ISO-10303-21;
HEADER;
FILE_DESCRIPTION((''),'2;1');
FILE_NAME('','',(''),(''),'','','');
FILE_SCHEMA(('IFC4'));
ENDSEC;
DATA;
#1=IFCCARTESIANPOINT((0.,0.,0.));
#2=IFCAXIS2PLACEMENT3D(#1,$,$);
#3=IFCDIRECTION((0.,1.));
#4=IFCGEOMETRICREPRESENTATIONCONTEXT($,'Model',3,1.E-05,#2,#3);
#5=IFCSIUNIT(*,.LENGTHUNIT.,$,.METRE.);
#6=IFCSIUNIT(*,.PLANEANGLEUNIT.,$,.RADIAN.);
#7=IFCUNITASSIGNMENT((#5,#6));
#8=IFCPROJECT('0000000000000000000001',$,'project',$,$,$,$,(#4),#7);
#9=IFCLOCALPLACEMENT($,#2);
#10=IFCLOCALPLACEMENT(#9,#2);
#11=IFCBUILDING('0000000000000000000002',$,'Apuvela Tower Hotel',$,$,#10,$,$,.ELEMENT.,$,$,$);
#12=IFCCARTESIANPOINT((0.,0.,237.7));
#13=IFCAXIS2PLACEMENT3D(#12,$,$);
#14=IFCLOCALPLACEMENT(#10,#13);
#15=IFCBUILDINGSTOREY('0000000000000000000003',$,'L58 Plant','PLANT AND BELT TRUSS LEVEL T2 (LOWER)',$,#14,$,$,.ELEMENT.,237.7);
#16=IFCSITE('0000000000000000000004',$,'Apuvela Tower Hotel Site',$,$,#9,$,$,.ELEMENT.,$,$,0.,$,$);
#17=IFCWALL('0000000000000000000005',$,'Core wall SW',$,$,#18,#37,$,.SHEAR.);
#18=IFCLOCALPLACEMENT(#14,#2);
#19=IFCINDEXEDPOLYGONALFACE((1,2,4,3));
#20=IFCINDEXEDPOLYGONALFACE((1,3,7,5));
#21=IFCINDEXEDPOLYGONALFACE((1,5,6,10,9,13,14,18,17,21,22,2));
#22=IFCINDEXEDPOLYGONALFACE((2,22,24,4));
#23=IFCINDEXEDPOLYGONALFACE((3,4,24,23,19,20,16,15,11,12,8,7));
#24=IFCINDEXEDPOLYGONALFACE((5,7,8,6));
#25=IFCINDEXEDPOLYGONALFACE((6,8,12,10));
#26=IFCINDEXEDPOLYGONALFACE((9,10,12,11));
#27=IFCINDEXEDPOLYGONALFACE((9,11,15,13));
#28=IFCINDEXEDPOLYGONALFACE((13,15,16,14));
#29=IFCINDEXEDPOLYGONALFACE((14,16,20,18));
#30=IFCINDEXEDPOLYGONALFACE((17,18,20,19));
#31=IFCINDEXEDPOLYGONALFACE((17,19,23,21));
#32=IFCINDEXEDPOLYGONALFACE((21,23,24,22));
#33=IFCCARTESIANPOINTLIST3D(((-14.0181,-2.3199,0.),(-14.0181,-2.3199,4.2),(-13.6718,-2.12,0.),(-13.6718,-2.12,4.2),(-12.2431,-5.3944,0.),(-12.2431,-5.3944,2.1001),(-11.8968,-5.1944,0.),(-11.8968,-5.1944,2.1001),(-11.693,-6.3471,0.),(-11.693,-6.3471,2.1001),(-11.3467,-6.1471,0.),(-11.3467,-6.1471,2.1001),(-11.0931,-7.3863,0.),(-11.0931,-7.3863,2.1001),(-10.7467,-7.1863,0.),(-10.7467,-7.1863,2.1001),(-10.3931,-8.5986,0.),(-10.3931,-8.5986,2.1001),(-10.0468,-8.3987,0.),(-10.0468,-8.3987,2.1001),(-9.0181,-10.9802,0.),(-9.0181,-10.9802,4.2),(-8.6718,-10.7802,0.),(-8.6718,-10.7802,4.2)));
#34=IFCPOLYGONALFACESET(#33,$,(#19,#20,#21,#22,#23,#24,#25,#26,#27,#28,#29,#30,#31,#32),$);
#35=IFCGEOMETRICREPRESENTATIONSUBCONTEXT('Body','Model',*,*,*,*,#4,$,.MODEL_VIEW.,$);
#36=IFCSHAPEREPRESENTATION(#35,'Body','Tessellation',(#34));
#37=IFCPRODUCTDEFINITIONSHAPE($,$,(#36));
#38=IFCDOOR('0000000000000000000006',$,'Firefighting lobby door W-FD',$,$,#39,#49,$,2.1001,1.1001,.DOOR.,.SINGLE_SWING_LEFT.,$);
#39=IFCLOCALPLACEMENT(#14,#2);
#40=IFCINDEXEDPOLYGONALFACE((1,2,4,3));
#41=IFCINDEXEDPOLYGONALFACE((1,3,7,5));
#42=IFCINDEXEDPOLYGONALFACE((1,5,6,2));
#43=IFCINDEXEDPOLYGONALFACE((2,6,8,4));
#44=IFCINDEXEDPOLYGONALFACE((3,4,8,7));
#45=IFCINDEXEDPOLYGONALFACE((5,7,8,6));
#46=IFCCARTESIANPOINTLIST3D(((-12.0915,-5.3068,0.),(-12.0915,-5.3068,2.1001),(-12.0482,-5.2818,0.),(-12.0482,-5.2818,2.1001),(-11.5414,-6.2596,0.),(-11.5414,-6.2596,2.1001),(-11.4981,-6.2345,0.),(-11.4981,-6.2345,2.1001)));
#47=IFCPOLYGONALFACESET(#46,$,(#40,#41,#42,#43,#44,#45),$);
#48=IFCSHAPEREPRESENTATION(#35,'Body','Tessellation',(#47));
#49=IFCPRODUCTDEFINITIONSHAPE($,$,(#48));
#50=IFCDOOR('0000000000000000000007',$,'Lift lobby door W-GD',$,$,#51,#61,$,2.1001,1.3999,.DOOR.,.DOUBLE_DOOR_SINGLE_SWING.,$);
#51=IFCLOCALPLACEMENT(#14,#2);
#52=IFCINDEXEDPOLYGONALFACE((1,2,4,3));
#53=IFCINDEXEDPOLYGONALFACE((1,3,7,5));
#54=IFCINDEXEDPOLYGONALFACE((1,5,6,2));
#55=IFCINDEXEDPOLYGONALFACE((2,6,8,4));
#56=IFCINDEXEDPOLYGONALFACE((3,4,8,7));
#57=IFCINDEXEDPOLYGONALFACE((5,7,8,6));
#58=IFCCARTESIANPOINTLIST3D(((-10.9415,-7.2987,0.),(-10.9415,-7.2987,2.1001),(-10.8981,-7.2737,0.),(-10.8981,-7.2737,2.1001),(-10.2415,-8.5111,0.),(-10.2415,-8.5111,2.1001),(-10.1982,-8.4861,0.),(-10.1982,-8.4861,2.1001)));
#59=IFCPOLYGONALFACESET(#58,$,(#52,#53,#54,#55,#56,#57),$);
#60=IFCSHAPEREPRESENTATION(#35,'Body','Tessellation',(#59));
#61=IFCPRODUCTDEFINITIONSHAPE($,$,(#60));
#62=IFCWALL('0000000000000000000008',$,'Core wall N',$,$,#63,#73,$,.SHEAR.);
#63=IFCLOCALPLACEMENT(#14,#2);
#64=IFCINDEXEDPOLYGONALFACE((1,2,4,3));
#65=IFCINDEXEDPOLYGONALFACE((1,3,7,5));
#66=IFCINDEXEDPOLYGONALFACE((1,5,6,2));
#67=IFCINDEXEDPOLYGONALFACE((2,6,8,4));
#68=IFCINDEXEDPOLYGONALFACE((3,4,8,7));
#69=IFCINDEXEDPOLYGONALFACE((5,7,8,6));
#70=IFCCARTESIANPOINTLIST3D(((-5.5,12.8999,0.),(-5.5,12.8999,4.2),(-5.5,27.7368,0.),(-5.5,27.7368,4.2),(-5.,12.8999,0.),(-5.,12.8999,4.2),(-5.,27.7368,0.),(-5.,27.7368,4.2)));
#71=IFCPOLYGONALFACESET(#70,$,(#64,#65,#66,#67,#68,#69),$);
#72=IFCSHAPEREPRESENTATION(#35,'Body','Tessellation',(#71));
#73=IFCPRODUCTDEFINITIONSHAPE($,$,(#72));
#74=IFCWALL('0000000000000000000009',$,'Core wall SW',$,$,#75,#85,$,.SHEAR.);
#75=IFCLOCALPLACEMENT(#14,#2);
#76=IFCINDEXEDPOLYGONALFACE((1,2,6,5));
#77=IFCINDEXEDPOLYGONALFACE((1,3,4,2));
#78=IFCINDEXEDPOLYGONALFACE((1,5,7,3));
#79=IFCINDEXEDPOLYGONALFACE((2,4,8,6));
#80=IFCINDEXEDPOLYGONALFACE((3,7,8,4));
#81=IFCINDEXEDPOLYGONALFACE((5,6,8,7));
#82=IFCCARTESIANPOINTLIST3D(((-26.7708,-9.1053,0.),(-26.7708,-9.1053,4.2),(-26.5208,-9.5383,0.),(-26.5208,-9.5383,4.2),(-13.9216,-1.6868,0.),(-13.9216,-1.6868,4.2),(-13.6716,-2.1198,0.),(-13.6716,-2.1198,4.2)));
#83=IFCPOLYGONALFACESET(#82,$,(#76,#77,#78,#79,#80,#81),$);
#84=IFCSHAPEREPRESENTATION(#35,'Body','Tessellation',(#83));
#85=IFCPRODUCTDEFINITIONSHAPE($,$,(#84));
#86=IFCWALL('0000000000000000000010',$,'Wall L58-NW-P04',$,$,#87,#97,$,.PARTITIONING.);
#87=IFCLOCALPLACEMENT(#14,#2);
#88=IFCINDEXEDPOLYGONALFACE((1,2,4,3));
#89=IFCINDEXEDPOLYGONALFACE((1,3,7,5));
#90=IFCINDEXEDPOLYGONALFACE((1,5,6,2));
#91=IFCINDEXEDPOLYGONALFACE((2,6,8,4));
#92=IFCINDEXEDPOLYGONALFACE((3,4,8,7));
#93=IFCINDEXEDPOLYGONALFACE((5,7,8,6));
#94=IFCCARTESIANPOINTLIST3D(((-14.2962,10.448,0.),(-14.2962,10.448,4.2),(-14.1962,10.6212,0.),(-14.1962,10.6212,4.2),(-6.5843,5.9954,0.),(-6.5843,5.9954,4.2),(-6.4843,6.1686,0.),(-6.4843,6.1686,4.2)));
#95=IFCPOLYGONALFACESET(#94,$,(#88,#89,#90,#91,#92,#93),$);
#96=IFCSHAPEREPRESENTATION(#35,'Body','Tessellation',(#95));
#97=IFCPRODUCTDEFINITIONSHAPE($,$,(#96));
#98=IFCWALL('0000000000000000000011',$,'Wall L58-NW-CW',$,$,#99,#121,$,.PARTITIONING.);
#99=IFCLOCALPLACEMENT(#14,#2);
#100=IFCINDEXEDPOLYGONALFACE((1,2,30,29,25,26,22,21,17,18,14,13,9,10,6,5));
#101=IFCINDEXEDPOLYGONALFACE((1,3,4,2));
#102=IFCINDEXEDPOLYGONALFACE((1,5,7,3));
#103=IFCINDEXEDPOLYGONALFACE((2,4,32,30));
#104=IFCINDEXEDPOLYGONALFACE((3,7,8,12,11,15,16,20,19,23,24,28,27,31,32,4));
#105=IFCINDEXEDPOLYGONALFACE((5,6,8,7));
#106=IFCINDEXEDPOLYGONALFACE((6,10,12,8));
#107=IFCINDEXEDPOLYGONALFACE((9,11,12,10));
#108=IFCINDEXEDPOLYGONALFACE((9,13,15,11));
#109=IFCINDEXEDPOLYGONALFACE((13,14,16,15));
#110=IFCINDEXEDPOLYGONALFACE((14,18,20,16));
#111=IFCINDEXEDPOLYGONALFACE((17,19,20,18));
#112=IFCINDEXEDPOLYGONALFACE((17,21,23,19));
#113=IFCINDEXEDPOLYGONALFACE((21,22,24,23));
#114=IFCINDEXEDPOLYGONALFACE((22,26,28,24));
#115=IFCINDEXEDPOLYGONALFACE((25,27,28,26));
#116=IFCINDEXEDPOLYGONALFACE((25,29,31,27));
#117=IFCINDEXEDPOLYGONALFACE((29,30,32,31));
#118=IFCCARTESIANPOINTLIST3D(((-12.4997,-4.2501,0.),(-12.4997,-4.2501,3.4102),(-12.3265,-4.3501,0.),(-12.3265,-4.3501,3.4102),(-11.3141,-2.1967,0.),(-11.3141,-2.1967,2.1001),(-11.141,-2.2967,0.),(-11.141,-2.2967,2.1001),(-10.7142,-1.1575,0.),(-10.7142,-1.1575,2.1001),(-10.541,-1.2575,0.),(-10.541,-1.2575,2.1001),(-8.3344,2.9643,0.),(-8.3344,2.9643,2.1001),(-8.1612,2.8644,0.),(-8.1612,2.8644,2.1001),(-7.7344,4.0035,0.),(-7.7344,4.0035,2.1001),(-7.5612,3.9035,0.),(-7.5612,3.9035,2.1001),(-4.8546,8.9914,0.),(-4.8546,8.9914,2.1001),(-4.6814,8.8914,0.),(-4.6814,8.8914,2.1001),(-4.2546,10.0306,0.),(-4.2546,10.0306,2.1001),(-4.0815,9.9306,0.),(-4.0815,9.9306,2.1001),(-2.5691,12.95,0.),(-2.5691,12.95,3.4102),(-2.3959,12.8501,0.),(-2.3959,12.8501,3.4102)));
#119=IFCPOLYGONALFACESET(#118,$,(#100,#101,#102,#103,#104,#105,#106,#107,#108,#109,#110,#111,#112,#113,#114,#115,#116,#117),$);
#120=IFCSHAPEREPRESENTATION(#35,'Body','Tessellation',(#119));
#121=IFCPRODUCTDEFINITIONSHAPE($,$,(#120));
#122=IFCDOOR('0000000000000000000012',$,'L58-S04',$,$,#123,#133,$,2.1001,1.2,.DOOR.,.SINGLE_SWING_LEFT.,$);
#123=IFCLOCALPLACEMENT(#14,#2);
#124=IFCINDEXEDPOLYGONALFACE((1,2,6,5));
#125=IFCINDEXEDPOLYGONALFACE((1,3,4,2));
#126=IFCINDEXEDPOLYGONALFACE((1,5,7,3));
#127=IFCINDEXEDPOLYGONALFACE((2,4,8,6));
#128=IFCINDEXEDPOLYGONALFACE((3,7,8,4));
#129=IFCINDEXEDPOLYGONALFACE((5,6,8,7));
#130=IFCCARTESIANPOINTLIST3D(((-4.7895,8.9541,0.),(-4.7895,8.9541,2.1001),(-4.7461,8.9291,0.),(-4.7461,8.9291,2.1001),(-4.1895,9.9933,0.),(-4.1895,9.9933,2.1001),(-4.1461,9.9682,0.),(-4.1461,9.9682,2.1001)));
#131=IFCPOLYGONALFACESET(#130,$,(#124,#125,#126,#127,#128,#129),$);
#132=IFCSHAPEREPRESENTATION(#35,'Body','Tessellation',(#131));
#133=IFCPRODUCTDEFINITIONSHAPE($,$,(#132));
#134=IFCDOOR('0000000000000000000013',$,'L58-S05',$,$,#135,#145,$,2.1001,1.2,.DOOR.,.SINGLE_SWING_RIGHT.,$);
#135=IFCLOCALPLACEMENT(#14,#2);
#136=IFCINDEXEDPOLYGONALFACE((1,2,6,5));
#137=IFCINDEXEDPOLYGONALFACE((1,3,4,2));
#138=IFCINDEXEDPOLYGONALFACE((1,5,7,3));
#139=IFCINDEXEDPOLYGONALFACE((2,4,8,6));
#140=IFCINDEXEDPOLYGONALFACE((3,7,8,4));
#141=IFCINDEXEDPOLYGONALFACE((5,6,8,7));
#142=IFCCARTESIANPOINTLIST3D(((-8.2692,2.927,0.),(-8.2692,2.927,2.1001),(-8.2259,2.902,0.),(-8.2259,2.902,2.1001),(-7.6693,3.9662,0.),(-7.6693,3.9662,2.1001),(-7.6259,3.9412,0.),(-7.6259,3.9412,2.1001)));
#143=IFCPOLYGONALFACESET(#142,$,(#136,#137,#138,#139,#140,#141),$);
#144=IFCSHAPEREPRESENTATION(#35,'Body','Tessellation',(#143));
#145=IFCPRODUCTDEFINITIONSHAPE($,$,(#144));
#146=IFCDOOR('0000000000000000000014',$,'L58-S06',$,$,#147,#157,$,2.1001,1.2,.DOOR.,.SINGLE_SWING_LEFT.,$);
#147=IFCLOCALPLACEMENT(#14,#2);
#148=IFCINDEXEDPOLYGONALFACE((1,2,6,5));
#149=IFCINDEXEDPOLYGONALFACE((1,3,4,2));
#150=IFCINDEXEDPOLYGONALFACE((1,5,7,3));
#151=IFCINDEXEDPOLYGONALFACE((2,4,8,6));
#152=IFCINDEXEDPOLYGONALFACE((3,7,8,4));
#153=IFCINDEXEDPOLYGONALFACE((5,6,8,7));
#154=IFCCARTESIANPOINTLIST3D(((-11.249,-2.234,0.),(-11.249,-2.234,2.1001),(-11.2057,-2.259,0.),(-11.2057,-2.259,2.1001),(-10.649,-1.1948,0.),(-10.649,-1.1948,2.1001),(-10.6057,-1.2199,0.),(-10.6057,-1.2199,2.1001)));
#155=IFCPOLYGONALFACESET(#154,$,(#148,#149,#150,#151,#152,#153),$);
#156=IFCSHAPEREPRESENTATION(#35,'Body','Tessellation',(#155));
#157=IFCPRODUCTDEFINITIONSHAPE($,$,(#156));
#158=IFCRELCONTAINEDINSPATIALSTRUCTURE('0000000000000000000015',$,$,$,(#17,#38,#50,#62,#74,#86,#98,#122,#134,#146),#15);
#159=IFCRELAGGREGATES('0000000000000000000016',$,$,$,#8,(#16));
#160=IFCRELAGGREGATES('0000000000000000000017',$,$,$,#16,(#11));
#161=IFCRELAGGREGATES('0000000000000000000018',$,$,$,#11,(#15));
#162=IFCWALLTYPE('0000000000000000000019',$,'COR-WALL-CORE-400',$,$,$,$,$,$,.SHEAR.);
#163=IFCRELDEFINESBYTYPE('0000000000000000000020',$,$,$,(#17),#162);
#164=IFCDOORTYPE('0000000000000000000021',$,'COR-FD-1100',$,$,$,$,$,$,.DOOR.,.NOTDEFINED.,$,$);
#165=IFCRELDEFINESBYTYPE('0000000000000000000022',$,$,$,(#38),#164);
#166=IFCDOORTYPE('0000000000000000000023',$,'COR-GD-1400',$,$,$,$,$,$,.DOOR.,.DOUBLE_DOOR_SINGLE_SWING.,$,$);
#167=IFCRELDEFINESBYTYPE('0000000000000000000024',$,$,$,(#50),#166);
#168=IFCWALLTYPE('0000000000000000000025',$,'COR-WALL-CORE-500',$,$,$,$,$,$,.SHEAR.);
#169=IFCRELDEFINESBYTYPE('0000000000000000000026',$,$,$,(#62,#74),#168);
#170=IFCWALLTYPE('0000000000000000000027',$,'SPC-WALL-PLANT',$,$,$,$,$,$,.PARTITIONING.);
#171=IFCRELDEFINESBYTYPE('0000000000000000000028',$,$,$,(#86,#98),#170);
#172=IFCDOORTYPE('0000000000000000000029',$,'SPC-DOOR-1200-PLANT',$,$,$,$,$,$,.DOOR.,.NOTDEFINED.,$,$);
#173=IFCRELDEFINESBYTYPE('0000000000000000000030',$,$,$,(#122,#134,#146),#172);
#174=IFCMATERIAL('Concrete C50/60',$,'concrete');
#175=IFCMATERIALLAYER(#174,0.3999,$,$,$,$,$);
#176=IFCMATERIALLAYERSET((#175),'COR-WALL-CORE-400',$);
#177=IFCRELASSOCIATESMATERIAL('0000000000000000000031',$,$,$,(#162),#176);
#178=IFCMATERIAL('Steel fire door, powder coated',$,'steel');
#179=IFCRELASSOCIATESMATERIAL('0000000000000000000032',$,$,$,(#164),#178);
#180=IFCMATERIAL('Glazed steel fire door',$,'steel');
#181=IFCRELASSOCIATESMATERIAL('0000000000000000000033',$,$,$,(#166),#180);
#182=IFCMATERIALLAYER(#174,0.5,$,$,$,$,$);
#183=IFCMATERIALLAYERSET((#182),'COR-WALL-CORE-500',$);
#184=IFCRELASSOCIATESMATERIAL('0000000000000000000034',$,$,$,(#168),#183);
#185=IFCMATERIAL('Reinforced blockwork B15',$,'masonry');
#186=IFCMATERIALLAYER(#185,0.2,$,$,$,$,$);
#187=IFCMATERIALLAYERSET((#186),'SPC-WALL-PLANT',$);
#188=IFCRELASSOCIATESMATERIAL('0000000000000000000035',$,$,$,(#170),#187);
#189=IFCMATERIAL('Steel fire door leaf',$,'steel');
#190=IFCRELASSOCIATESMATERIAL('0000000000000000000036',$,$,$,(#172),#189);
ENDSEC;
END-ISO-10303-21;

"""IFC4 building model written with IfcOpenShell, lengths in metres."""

from ifc_helpers import new_model, si_unit, direction, frame, frame_2d, origin, place, context, subcontext, project, spatial, rectangle, extrude, material, layer, layer_set, type_object, element, fill, save


model = new_model("IFC4")

# Units and contexts
model_context = context("Model", 3, precision=1e-05, world=origin(), true_north=direction((0.0, 1.0)))
body_context = subcontext(model_context, "Body", "Model", "MODEL_VIEW")
ifc_project = project(units=[si_unit("LENGTHUNIT", "METRE"), si_unit("PLANEANGLEUNIT", "RADIAN")], contexts=[model_context])

# Site, building, storey
site_placement = place(None, origin())
site = spatial("IfcSite", under=ifc_project, at=site_placement, Name="Apuvela Tower Hotel Site", CompositionType="ELEMENT", RefElevation=0.0)
building_placement = place(site_placement, origin())
building = spatial("IfcBuilding", under=site, at=building_placement, Name="Apuvela Tower Hotel", CompositionType="ELEMENT")
storey_placement = place(building_placement, frame((0.0, 0.0, 237.7)))
storey = spatial("IfcBuildingStorey", under=building, at=storey_placement, Name="L58 Plant", Description="PLANT AND BELT TRUSS LEVEL T2 (LOWER)", CompositionType="ELEMENT", Elevation=237.7)

# Shared definitions
ifc_material_1 = material(Name="Concrete C50/60", Category="concrete")

# Wall, openings, doors
ifc_layer_1 = layer(ifc_material_1, 0.3999)
ifc_layer_set_1 = layer_set([ifc_layer_1], Name="COR-WALL-CORE-400")
wall_type_1 = type_object("IfcWallType", Name="COR-WALL-CORE-400", PredefinedType="SHEAR", material=ifc_layer_set_1)
wall_1_placement = place(storey_placement, frame((-13.845, -2.22, 0.0), z_axis=(0.0, 0.0, 1.0), x_axis=(0.500004, -0.866023, 0.0)))
wall_1 = element("IfcWall", 1, at=wall_1_placement, inside=storey, type_object=wall_type_1, Name="Core wall SW", PredefinedType="SHEAR", context=body_context, shape_type="SweptSolid", body=[
    extrude(rectangle(XDim=10.0, YDim=0.3999, at=frame_2d((5.0, 0.0))), origin(), (0.0, 0.0, 1.0), 4.2),
])
opening_1_placement = place(wall_1_placement, frame((3.55, 0.0, 0.0)))
opening_1 = element("IfcOpeningElement", 2, at=opening_1_placement, cuts=wall_1, PredefinedType="OPENING", context=body_context, shape_type="SweptSolid", body=[
    extrude(rectangle(XDim=1.1001, YDim=2.1001, at=frame_2d((0.55, 1.05))), frame((0.0, 0.21, 0.0), z_axis=(0.0, -1.0, 0.0), x_axis=(1.0, 0.0, 0.0)), (0.0, 0.0, 1.0), 0.4199),
])
opening_2_placement = place(wall_1_placement, frame((5.8501, 0.0, 0.0)))
opening_2 = element("IfcOpeningElement", 3, at=opening_2_placement, cuts=wall_1, PredefinedType="OPENING", context=body_context, shape_type="SweptSolid", body=[
    extrude(rectangle(XDim=1.3999, YDim=2.1001, at=frame_2d((0.7, 1.05))), frame((0.0, 0.21, 0.0), z_axis=(0.0, -1.0, 0.0), x_axis=(1.0, 0.0, 0.0)), (0.0, 0.0, 1.0), 0.4199),
])
ifc_material_2 = material(Name="Steel fire door, powder coated", Category="steel")
door_type_1 = type_object("IfcDoorType", Name="COR-FD-1100", OperationType="NOTDEFINED", PredefinedType="DOOR", material=ifc_material_2)
door_1_placement = place(opening_1_placement, frame((1.1001, 0.0, 0.0), z_axis=(0.0, 0.0, 1.0), x_axis=(-1.0, 0.0, 0.0)))
door_1 = element("IfcDoor", 4, at=door_1_placement, inside=storey, type_object=door_type_1, Name="Firefighting lobby door W-FD", OperationType="SINGLE_SWING_LEFT", OverallHeight=2.1001, OverallWidth=1.1001, PredefinedType="DOOR", context=body_context, shape_type="SweptSolid", body=[
    extrude(rectangle(XDim=1.1001, YDim=2.1001, at=frame_2d((0.55, 1.05))), frame((0.0, 0.0249, 0.0), z_axis=(0.0, -1.0, 0.0), x_axis=(1.0, 0.0, 0.0)), (0.0, 0.0, 1.0), 0.05),
])
fill(opening_1, door_1)
ifc_material_3 = material(Name="Glazed steel fire door", Category="steel")
door_type_2 = type_object("IfcDoorType", Name="COR-GD-1400", OperationType="DOUBLE_DOOR_SINGLE_SWING", PredefinedType="DOOR", material=ifc_material_3)
door_2_placement = place(opening_2_placement, frame((1.3999, 0.0, 0.0), z_axis=(0.0, 0.0, 1.0), x_axis=(-1.0, 0.0, 0.0)))
door_2 = element("IfcDoor", 5, at=door_2_placement, inside=storey, type_object=door_type_2, Name="Lift lobby door W-GD", OperationType="DOUBLE_DOOR_SINGLE_SWING", OverallHeight=2.1001, OverallWidth=1.3999, PredefinedType="DOOR", context=body_context, shape_type="SweptSolid", body=[
    extrude(rectangle(XDim=1.3999, YDim=2.1001, at=frame_2d((0.7, 1.05))), frame((0.0, 0.0249, 0.0), z_axis=(0.0, -1.0, 0.0), x_axis=(1.0, 0.0, 0.0)), (0.0, 0.0, 1.0), 0.05),
])
fill(opening_2, door_2)

# Walls
ifc_layer_2 = layer(ifc_material_1, 0.5)
ifc_layer_set_2 = layer_set([ifc_layer_2], Name="COR-WALL-CORE-500")
wall_type_2 = type_object("IfcWallType", Name="COR-WALL-CORE-500", PredefinedType="SHEAR", material=ifc_layer_set_2)
for number, where, z_axis, x_axis, name in (
    (6, (-5.25, 12.8999, 0.0), (0.0, 0.0, 1.0), (0.0, 1.0, 0.0), "Core wall N"),
    (7, (-13.7966, -1.9033, 0.0), (0.0, 0.0, 1.0), (-0.866025, -0.500001, 0.0), "Core wall SW"),
):
    element("IfcWall", number, at=place(storey_placement, frame(where, z_axis=z_axis, x_axis=x_axis)), inside=storey, type_object=wall_type_2, Name=name, PredefinedType="SHEAR", context=body_context, shape_type="SweptSolid", body=[
        extrude(rectangle(XDim=14.8369, YDim=0.5, at=frame_2d((7.4185, 0.0))), origin(), (0.0, 0.0, 1.0), 4.2),
    ])
ifc_material_4 = material(Name="Reinforced blockwork B15", Category="masonry")
ifc_layer_3 = layer(ifc_material_4, 0.2)
ifc_layer_set_3 = layer_set([ifc_layer_3], Name="SPC-WALL-PLANT")
wall_type_3 = type_object("IfcWallType", Name="SPC-WALL-PLANT", PredefinedType="PARTITIONING", material=ifc_layer_set_3)
wall_2_placement = place(storey_placement, frame((-14.2463, 10.5347, 0.0), z_axis=(0.0, 0.0, 1.0), x_axis=(0.866018, -0.500014, 0.0)))
element("IfcWall", 8, at=wall_2_placement, inside=storey, type_object=wall_type_3, Name="Wall L58-NW-P04", PredefinedType="PARTITIONING", context=body_context, shape_type="SweptSolid", body=[
    extrude(rectangle(XDim=8.905, YDim=0.2, at=frame_2d((4.4526, 0.0))), origin(), (0.0, 0.0, 1.0), 4.2),
])

# Wall, openings, doors
wall_3_placement = place(storey_placement, frame((-2.4824, 12.9001, 0.0), z_axis=(0.0, 0.0, 1.0), x_axis=(-0.500005, -0.866023, 0.0)))
wall_3 = element("IfcWall", 9, at=wall_3_placement, inside=storey, type_object=wall_type_3, Name="Wall L58-NW-CW", PredefinedType="PARTITIONING", context=body_context, shape_type="SweptSolid", body=[
    extrude(rectangle(XDim=19.8611, YDim=0.2, at=frame_2d((9.9307, 0.0))), origin(), (0.0, 0.0, 1.0), 3.4102),
])
opening_3_placement = place(wall_3_placement, frame((3.3711, 0.0, 0.0)))
opening_3 = element("IfcOpeningElement", 10, at=opening_3_placement, cuts=wall_3, PredefinedType="OPENING", context=body_context, shape_type="SweptSolid", body=[
    extrude(rectangle(XDim=1.2, YDim=2.1001, at=frame_2d((0.6001, 1.05))), frame((0.0, 0.1099, 0.0), z_axis=(0.0, -1.0, 0.0), x_axis=(1.0, 0.0, 0.0)), (0.0, 0.0, 1.0), 0.22),
])
opening_4_placement = place(wall_3_placement, frame((10.3306, 0.0, 0.0)))
opening_4 = element("IfcOpeningElement", 11, at=opening_4_placement, cuts=wall_3, PredefinedType="OPENING", context=body_context, shape_type="SweptSolid", body=[
    extrude(rectangle(XDim=1.2, YDim=2.1001, at=frame_2d((0.6001, 1.05))), frame((0.0, 0.1099, 0.0), z_axis=(0.0, -1.0, 0.0), x_axis=(1.0, 0.0, 0.0)), (0.0, 0.0, 1.0), 0.22),
])
opening_5_placement = place(wall_3_placement, frame((16.29, 0.0, 0.0)))
opening_5 = element("IfcOpeningElement", 12, at=opening_5_placement, cuts=wall_3, PredefinedType="OPENING", context=body_context, shape_type="SweptSolid", body=[
    extrude(rectangle(XDim=1.2, YDim=2.1001, at=frame_2d((0.6001, 1.05))), frame((0.0, 0.1099, 0.0), z_axis=(0.0, -1.0, 0.0), x_axis=(1.0, 0.0, 0.0)), (0.0, 0.0, 1.0), 0.22),
])
ifc_material_5 = material(Name="Steel fire door leaf", Category="steel")
door_type_3 = type_object("IfcDoorType", Name="SPC-DOOR-1200-PLANT", OperationType="NOTDEFINED", PredefinedType="DOOR", material=ifc_material_5)
door_3_placement = place(opening_3_placement, frame((1.2, 0.0, 0.0), z_axis=(0.0, 0.0, 1.0), x_axis=(-1.0, 0.0, 0.0)))
door_3 = element("IfcDoor", 13, at=door_3_placement, inside=storey, type_object=door_type_3, Name="L58-S04", OperationType="SINGLE_SWING_LEFT", OverallHeight=2.1001, OverallWidth=1.2, PredefinedType="DOOR", context=body_context, shape_type="SweptSolid", body=[
    extrude(rectangle(XDim=1.2, YDim=2.1001, at=frame_2d((0.6001, 1.05))), frame((0.0, 0.0249, 0.0), z_axis=(0.0, -1.0, 0.0), x_axis=(1.0, 0.0, 0.0)), (0.0, 0.0, 1.0), 0.05),
])
fill(opening_3, door_3)
door_4_placement = place(opening_4_placement, frame((1.2, 0.0, 0.0), z_axis=(0.0, 0.0, 1.0), x_axis=(-1.0, 0.0, 0.0)))
door_4 = element("IfcDoor", 14, at=door_4_placement, inside=storey, type_object=door_type_3, Name="L58-S05", OperationType="SINGLE_SWING_RIGHT", OverallHeight=2.1001, OverallWidth=1.2, PredefinedType="DOOR", context=body_context, shape_type="SweptSolid", body=[
    extrude(rectangle(XDim=1.2, YDim=2.1001, at=frame_2d((0.6001, 1.05))), frame((0.0, 0.0249, 0.0), z_axis=(0.0, -1.0, 0.0), x_axis=(1.0, 0.0, 0.0)), (0.0, 0.0, 1.0), 0.05),
])
fill(opening_4, door_4)
door_5_placement = place(opening_5_placement, frame((1.2, 0.0, 0.0), z_axis=(0.0, 0.0, 1.0), x_axis=(-1.0, 0.0, 0.0)))
door_5 = element("IfcDoor", 15, at=door_5_placement, inside=storey, type_object=door_type_3, Name="L58-S06", OperationType="SINGLE_SWING_LEFT", OverallHeight=2.1001, OverallWidth=1.2, PredefinedType="DOOR", context=body_context, shape_type="SweptSolid", body=[
    extrude(rectangle(XDim=1.2, YDim=2.1001, at=frame_2d((0.6001, 1.05))), frame((0.0, 0.0249, 0.0), z_axis=(0.0, -1.0, 0.0), x_axis=(1.0, 0.0, 0.0)), (0.0, 0.0, 1.0), 0.05),
])
fill(opening_5, door_5)

save(model, "model.ifc")
